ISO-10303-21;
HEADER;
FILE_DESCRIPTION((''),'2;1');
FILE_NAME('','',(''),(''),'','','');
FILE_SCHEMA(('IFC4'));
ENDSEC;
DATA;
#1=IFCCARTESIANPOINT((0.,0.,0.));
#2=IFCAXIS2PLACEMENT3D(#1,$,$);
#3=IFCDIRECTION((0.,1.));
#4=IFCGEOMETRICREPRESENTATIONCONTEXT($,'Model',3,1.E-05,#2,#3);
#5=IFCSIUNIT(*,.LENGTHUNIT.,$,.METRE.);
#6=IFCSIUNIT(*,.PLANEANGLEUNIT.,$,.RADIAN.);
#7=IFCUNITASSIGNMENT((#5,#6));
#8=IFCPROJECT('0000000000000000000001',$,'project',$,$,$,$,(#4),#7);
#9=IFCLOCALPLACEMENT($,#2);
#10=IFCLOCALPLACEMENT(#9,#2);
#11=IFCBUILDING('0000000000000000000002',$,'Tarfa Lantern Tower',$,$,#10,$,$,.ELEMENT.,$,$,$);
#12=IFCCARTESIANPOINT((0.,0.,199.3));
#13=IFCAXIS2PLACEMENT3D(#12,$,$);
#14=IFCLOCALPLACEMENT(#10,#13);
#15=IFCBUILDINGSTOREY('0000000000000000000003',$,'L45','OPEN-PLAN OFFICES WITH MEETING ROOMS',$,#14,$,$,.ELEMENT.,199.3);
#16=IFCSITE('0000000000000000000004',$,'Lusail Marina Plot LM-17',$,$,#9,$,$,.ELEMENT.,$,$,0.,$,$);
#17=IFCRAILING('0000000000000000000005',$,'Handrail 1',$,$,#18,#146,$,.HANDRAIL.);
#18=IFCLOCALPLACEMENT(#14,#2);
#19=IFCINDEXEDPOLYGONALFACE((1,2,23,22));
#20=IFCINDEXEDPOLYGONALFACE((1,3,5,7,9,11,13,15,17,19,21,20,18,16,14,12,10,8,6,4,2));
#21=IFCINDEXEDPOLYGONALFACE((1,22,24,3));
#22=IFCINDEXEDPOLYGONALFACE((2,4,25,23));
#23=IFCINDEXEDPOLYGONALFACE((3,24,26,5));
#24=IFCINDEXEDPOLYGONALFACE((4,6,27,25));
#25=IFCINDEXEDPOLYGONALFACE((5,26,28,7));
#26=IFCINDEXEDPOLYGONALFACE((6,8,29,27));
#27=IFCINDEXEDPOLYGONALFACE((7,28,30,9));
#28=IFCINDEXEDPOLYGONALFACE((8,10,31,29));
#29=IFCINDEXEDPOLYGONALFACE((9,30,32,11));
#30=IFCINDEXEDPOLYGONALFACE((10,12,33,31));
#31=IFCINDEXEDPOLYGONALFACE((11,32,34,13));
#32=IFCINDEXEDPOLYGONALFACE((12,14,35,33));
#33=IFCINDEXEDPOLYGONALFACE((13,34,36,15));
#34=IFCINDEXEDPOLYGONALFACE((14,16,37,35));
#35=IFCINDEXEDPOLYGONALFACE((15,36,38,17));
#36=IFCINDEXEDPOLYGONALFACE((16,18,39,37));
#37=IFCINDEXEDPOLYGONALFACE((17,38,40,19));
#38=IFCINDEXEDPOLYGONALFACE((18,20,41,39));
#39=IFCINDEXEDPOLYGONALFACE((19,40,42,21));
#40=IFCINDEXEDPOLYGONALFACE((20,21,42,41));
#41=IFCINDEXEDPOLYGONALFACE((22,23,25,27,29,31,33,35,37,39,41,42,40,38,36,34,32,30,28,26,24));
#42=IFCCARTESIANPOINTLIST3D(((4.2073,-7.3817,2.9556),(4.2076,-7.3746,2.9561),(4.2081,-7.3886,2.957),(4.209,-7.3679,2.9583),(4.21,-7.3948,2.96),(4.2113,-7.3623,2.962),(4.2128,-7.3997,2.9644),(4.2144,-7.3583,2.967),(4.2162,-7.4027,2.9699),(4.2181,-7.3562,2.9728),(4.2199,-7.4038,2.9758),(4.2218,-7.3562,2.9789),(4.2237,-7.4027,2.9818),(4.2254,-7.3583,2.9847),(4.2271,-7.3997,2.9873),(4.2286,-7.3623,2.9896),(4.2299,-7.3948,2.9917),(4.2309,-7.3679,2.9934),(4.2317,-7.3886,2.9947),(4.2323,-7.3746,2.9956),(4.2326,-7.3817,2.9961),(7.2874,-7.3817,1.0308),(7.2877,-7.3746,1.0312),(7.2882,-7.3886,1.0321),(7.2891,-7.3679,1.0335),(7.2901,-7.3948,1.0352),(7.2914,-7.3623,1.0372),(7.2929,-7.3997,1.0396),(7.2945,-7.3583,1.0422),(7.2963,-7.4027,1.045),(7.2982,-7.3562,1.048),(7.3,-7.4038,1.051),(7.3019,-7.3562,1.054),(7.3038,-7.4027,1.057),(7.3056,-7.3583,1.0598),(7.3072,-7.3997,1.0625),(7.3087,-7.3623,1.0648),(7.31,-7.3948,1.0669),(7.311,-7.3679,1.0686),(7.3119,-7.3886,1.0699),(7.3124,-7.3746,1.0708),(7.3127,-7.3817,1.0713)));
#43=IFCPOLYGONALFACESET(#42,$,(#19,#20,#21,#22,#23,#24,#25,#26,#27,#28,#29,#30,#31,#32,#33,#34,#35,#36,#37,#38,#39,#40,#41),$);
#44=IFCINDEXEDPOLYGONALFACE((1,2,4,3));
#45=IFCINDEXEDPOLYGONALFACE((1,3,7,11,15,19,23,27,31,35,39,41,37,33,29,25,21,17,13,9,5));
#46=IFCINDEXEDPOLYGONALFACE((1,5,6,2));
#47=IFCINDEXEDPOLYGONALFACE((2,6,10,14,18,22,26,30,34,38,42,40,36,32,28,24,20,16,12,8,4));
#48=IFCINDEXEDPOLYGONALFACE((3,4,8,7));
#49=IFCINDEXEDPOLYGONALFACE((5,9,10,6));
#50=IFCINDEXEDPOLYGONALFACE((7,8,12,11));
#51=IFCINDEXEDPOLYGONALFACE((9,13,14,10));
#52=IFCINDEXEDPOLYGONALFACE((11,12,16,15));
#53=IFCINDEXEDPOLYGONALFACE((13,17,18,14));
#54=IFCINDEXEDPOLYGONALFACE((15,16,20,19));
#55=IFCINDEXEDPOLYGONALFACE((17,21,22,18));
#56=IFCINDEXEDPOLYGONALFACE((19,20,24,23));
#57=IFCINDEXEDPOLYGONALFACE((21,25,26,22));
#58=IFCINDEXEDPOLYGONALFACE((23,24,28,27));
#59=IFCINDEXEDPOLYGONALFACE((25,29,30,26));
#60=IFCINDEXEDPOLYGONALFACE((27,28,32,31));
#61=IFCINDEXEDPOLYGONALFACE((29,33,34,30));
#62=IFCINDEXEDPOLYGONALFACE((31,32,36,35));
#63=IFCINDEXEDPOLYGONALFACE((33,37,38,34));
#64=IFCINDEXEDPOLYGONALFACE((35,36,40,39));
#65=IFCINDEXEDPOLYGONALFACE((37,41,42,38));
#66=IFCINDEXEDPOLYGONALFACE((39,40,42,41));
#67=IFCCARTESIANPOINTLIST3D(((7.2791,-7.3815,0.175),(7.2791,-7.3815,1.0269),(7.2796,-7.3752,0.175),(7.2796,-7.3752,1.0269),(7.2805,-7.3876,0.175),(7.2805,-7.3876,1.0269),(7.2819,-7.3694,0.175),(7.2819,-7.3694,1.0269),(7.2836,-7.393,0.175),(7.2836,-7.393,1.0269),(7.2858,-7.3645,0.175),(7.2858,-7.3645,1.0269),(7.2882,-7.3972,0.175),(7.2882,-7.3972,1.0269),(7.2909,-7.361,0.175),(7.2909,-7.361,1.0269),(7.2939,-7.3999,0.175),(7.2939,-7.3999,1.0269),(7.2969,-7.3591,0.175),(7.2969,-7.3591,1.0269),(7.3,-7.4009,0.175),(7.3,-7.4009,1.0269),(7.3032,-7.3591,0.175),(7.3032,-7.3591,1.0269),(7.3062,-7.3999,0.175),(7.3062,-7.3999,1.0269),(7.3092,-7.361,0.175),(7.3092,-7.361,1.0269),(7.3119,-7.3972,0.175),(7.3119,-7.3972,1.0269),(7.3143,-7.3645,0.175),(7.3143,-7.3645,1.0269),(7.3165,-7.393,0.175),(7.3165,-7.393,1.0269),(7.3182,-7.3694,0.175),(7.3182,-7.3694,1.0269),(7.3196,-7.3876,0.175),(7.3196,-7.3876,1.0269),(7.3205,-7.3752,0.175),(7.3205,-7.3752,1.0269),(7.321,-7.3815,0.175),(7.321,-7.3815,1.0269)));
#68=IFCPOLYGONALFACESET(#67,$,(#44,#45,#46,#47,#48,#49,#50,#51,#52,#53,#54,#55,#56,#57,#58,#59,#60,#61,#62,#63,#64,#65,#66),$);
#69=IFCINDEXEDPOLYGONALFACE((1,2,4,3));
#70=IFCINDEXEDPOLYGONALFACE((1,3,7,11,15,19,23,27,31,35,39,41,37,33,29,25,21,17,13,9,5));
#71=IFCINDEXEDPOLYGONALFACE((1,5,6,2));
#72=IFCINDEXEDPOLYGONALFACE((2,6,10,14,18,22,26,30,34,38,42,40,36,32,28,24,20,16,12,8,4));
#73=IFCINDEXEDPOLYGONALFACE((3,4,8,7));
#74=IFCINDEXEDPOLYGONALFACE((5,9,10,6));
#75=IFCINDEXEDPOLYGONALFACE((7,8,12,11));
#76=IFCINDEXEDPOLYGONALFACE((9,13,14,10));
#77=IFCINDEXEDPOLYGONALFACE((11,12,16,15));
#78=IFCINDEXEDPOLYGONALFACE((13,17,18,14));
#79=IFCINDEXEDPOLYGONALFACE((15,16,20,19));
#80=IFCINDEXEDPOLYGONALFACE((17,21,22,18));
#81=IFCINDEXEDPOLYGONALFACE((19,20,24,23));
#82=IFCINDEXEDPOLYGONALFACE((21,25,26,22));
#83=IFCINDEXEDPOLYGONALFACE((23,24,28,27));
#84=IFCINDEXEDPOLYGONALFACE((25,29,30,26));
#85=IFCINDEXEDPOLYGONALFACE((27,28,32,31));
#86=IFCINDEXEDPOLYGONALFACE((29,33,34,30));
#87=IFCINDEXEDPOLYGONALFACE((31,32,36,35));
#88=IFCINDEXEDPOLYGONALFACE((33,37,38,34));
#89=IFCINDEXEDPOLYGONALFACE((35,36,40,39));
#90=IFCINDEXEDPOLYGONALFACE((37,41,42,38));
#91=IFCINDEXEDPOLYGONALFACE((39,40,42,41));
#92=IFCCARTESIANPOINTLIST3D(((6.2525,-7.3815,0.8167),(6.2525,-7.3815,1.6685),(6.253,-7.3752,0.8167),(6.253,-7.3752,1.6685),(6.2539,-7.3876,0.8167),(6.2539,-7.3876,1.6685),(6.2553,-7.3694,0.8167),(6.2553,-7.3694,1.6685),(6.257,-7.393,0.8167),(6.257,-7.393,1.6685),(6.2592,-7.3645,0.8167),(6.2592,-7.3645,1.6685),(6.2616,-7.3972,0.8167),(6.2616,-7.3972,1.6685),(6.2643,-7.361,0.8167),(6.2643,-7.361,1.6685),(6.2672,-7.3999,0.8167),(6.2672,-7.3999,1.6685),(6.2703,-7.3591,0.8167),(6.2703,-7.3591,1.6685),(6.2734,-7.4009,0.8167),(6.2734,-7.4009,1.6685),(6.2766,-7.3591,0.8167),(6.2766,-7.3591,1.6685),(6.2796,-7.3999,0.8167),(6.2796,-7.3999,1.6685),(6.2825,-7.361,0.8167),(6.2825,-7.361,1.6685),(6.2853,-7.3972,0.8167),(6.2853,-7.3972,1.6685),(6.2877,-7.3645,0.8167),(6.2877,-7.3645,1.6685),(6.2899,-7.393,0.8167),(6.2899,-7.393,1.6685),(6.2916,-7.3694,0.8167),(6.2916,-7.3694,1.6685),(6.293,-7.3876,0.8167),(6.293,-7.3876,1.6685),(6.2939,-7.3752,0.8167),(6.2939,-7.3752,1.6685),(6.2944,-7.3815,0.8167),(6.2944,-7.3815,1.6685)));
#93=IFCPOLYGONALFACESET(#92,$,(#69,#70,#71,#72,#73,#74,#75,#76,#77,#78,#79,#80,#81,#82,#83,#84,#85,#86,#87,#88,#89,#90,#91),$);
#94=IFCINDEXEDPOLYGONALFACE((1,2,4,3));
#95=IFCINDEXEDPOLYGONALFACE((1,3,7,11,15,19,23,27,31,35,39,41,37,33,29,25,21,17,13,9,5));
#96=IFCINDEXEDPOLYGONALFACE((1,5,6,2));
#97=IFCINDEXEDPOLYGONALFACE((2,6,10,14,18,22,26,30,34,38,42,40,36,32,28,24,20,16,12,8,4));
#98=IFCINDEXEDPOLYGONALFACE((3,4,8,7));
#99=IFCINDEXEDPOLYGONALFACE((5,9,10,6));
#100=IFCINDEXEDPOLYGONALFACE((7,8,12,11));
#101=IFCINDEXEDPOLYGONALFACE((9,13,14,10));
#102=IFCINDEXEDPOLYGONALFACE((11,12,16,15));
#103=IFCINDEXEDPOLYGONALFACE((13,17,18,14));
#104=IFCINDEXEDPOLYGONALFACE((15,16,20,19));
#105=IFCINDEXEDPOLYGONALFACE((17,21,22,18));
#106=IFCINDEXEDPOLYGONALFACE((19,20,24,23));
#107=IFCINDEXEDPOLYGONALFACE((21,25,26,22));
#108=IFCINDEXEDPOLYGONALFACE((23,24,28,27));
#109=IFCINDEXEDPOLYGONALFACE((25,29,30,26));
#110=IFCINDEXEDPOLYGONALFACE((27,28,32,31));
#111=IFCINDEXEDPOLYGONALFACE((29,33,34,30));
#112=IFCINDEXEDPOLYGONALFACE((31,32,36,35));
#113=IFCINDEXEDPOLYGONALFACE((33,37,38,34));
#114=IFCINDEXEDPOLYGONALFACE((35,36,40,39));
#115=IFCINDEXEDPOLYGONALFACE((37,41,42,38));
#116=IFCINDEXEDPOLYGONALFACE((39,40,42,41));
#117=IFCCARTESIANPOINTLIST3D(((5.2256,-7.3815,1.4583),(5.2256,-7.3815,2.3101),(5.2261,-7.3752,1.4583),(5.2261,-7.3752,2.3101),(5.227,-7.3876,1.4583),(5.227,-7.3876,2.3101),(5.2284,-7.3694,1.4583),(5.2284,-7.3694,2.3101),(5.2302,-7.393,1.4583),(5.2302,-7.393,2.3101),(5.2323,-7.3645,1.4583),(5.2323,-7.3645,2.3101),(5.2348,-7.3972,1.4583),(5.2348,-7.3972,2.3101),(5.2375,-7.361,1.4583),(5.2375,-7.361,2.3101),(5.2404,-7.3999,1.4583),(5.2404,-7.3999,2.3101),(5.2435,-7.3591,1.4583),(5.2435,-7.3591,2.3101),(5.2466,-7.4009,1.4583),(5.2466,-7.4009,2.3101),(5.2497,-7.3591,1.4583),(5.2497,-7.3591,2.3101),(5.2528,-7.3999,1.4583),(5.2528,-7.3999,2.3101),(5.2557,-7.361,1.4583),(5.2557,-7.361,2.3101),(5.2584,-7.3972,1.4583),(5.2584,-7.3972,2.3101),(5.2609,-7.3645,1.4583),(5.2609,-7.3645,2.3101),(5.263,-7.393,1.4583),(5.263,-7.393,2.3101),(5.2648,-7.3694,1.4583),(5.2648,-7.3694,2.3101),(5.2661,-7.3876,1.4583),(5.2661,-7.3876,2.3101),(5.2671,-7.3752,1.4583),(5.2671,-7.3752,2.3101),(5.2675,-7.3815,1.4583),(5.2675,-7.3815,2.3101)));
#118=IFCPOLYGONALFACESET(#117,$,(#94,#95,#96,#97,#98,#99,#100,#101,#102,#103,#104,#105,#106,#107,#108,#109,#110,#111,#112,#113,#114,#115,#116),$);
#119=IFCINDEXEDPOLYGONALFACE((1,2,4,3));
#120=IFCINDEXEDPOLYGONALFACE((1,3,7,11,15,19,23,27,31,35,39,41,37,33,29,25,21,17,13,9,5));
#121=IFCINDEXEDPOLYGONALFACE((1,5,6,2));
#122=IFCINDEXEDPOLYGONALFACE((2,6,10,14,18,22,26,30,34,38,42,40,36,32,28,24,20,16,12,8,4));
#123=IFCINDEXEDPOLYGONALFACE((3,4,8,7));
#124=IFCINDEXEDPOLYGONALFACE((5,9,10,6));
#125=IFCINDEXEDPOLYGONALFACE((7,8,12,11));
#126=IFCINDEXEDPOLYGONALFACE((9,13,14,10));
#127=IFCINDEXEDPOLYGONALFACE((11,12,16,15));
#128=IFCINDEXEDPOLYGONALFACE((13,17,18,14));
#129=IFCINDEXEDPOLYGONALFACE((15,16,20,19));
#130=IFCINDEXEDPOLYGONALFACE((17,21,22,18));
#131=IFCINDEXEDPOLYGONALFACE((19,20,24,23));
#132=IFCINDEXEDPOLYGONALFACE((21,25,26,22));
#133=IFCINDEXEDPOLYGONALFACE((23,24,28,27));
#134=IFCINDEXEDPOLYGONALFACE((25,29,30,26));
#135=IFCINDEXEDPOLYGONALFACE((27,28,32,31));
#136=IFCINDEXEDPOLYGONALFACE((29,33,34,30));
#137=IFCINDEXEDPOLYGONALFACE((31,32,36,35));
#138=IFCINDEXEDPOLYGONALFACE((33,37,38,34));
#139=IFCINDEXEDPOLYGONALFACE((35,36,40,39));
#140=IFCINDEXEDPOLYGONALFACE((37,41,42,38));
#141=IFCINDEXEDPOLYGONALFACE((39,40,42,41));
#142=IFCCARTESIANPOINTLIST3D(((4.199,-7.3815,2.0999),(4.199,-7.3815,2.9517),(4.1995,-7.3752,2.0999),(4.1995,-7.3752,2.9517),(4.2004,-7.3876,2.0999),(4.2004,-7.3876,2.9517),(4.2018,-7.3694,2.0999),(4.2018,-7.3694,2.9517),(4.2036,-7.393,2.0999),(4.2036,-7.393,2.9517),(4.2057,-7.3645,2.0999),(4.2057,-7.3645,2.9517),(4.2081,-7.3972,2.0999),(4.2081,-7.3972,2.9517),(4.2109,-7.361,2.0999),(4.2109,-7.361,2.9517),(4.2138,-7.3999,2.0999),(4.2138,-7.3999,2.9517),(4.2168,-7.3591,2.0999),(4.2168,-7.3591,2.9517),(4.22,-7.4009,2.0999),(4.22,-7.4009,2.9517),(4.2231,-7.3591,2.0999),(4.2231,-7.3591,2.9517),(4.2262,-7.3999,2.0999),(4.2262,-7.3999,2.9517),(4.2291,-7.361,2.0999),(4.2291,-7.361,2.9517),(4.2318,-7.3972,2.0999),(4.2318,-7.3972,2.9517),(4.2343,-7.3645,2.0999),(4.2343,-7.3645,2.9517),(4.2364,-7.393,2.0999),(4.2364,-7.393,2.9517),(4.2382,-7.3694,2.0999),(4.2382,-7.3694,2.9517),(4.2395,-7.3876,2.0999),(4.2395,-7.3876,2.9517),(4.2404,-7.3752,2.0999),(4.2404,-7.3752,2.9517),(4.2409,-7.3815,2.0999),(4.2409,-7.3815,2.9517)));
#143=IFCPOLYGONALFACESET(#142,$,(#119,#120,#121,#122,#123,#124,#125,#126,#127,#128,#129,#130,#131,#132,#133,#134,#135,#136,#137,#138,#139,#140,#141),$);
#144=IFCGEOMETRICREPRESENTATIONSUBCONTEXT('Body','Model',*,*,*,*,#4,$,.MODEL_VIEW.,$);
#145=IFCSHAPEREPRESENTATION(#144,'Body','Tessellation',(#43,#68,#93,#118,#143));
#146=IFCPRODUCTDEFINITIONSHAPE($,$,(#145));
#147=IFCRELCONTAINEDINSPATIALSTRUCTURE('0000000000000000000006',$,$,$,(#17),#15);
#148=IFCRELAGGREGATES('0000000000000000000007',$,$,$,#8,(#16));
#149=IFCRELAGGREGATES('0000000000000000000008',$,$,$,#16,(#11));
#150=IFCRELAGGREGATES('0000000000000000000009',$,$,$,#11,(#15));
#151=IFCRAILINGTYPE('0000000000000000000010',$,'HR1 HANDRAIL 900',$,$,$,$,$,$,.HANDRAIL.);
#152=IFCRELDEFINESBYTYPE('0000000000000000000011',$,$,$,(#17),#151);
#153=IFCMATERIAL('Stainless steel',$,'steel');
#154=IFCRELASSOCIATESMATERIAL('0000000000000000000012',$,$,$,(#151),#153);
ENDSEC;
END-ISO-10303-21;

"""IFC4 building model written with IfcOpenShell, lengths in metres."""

from ifc_helpers import new_model, si_unit, direction, frame, origin, origin_2d, place, context, subcontext, project, spatial, circle, extrude, material, type_object, element, save


model = new_model("IFC4")

# Units and contexts
model_context = context("Model", 3, precision=1e-05, world=origin(), true_north=direction((0.0, 1.0)))
body_context = subcontext(model_context, "Body", "Model", "MODEL_VIEW")
ifc_project = project(units=[si_unit("LENGTHUNIT", "METRE"), si_unit("PLANEANGLEUNIT", "RADIAN")], contexts=[model_context])

# Site, building, storey
site_placement = place(None, origin())
site = spatial("IfcSite", under=ifc_project, at=site_placement, Name="Lusail Marina Plot LM-17", CompositionType="ELEMENT", RefElevation=0.0)
building_placement = place(site_placement, origin())
building = spatial("IfcBuilding", under=site, at=building_placement, Name="Tarfa Lantern Tower", CompositionType="ELEMENT")
storey_placement = place(building_placement, frame((0.0, 0.0, 199.3)))
storey = spatial("IfcBuildingStorey", under=building, at=storey_placement, Name="L45", Description="OPEN-PLAN OFFICES WITH MEETING ROOMS", CompositionType="ELEMENT", Elevation=199.3)

# Railing
ifc_material_1 = material(Name="Stainless steel", Category="steel")
railing_type = type_object("IfcRailingType", Name="HR1 HANDRAIL 900", PredefinedType="HANDRAIL", material=ifc_material_1)
railing_placement = place(storey_placement, frame((7.3, -7.3799, 0.175)))
element("IfcRailing", 1, at=railing_placement, inside=storey, type_object=railing_type, Name="Handrail 1", PredefinedType="HANDRAIL", context=body_context, shape_type="SweptSolid", body=[
    extrude(circle(Radius=0.0239, at=origin_2d()), frame((0.0, 0.0, 0.876), z_axis=(-0.848029, 0.0, 0.529951), x_axis=(0.0, -1.0, 0.0)), (0.0, 0.0, 1.0), 3.6321),
    extrude(circle(Radius=0.021, at=origin_2d()), frame((0.0, 0.0, 0.0), z_axis=(0.0, 0.0, 1.0), x_axis=(0.0, -1.0, 0.0)), (0.0, 0.0, 1.0), 0.8518),
    extrude(circle(Radius=0.021, at=origin_2d()), frame((-1.0266, 0.0, 0.6416), z_axis=(0.0, 0.0, 1.0), x_axis=(0.0, -1.0, 0.0)), (0.0, 0.0, 1.0), 0.8518),
    extrude(circle(Radius=0.021, at=origin_2d()), frame((-2.0535, 0.0, 1.2832), z_axis=(0.0, 0.0, 1.0), x_axis=(0.0, -1.0, 0.0)), (0.0, 0.0, 1.0), 0.8518),
    extrude(circle(Radius=0.021, at=origin_2d()), frame((-3.0801, 0.0, 1.9248), z_axis=(0.0, 0.0, 1.0), x_axis=(0.0, -1.0, 0.0)), (0.0, 0.0, 1.0), 0.8518),
])

save(model, "model.ifc")
